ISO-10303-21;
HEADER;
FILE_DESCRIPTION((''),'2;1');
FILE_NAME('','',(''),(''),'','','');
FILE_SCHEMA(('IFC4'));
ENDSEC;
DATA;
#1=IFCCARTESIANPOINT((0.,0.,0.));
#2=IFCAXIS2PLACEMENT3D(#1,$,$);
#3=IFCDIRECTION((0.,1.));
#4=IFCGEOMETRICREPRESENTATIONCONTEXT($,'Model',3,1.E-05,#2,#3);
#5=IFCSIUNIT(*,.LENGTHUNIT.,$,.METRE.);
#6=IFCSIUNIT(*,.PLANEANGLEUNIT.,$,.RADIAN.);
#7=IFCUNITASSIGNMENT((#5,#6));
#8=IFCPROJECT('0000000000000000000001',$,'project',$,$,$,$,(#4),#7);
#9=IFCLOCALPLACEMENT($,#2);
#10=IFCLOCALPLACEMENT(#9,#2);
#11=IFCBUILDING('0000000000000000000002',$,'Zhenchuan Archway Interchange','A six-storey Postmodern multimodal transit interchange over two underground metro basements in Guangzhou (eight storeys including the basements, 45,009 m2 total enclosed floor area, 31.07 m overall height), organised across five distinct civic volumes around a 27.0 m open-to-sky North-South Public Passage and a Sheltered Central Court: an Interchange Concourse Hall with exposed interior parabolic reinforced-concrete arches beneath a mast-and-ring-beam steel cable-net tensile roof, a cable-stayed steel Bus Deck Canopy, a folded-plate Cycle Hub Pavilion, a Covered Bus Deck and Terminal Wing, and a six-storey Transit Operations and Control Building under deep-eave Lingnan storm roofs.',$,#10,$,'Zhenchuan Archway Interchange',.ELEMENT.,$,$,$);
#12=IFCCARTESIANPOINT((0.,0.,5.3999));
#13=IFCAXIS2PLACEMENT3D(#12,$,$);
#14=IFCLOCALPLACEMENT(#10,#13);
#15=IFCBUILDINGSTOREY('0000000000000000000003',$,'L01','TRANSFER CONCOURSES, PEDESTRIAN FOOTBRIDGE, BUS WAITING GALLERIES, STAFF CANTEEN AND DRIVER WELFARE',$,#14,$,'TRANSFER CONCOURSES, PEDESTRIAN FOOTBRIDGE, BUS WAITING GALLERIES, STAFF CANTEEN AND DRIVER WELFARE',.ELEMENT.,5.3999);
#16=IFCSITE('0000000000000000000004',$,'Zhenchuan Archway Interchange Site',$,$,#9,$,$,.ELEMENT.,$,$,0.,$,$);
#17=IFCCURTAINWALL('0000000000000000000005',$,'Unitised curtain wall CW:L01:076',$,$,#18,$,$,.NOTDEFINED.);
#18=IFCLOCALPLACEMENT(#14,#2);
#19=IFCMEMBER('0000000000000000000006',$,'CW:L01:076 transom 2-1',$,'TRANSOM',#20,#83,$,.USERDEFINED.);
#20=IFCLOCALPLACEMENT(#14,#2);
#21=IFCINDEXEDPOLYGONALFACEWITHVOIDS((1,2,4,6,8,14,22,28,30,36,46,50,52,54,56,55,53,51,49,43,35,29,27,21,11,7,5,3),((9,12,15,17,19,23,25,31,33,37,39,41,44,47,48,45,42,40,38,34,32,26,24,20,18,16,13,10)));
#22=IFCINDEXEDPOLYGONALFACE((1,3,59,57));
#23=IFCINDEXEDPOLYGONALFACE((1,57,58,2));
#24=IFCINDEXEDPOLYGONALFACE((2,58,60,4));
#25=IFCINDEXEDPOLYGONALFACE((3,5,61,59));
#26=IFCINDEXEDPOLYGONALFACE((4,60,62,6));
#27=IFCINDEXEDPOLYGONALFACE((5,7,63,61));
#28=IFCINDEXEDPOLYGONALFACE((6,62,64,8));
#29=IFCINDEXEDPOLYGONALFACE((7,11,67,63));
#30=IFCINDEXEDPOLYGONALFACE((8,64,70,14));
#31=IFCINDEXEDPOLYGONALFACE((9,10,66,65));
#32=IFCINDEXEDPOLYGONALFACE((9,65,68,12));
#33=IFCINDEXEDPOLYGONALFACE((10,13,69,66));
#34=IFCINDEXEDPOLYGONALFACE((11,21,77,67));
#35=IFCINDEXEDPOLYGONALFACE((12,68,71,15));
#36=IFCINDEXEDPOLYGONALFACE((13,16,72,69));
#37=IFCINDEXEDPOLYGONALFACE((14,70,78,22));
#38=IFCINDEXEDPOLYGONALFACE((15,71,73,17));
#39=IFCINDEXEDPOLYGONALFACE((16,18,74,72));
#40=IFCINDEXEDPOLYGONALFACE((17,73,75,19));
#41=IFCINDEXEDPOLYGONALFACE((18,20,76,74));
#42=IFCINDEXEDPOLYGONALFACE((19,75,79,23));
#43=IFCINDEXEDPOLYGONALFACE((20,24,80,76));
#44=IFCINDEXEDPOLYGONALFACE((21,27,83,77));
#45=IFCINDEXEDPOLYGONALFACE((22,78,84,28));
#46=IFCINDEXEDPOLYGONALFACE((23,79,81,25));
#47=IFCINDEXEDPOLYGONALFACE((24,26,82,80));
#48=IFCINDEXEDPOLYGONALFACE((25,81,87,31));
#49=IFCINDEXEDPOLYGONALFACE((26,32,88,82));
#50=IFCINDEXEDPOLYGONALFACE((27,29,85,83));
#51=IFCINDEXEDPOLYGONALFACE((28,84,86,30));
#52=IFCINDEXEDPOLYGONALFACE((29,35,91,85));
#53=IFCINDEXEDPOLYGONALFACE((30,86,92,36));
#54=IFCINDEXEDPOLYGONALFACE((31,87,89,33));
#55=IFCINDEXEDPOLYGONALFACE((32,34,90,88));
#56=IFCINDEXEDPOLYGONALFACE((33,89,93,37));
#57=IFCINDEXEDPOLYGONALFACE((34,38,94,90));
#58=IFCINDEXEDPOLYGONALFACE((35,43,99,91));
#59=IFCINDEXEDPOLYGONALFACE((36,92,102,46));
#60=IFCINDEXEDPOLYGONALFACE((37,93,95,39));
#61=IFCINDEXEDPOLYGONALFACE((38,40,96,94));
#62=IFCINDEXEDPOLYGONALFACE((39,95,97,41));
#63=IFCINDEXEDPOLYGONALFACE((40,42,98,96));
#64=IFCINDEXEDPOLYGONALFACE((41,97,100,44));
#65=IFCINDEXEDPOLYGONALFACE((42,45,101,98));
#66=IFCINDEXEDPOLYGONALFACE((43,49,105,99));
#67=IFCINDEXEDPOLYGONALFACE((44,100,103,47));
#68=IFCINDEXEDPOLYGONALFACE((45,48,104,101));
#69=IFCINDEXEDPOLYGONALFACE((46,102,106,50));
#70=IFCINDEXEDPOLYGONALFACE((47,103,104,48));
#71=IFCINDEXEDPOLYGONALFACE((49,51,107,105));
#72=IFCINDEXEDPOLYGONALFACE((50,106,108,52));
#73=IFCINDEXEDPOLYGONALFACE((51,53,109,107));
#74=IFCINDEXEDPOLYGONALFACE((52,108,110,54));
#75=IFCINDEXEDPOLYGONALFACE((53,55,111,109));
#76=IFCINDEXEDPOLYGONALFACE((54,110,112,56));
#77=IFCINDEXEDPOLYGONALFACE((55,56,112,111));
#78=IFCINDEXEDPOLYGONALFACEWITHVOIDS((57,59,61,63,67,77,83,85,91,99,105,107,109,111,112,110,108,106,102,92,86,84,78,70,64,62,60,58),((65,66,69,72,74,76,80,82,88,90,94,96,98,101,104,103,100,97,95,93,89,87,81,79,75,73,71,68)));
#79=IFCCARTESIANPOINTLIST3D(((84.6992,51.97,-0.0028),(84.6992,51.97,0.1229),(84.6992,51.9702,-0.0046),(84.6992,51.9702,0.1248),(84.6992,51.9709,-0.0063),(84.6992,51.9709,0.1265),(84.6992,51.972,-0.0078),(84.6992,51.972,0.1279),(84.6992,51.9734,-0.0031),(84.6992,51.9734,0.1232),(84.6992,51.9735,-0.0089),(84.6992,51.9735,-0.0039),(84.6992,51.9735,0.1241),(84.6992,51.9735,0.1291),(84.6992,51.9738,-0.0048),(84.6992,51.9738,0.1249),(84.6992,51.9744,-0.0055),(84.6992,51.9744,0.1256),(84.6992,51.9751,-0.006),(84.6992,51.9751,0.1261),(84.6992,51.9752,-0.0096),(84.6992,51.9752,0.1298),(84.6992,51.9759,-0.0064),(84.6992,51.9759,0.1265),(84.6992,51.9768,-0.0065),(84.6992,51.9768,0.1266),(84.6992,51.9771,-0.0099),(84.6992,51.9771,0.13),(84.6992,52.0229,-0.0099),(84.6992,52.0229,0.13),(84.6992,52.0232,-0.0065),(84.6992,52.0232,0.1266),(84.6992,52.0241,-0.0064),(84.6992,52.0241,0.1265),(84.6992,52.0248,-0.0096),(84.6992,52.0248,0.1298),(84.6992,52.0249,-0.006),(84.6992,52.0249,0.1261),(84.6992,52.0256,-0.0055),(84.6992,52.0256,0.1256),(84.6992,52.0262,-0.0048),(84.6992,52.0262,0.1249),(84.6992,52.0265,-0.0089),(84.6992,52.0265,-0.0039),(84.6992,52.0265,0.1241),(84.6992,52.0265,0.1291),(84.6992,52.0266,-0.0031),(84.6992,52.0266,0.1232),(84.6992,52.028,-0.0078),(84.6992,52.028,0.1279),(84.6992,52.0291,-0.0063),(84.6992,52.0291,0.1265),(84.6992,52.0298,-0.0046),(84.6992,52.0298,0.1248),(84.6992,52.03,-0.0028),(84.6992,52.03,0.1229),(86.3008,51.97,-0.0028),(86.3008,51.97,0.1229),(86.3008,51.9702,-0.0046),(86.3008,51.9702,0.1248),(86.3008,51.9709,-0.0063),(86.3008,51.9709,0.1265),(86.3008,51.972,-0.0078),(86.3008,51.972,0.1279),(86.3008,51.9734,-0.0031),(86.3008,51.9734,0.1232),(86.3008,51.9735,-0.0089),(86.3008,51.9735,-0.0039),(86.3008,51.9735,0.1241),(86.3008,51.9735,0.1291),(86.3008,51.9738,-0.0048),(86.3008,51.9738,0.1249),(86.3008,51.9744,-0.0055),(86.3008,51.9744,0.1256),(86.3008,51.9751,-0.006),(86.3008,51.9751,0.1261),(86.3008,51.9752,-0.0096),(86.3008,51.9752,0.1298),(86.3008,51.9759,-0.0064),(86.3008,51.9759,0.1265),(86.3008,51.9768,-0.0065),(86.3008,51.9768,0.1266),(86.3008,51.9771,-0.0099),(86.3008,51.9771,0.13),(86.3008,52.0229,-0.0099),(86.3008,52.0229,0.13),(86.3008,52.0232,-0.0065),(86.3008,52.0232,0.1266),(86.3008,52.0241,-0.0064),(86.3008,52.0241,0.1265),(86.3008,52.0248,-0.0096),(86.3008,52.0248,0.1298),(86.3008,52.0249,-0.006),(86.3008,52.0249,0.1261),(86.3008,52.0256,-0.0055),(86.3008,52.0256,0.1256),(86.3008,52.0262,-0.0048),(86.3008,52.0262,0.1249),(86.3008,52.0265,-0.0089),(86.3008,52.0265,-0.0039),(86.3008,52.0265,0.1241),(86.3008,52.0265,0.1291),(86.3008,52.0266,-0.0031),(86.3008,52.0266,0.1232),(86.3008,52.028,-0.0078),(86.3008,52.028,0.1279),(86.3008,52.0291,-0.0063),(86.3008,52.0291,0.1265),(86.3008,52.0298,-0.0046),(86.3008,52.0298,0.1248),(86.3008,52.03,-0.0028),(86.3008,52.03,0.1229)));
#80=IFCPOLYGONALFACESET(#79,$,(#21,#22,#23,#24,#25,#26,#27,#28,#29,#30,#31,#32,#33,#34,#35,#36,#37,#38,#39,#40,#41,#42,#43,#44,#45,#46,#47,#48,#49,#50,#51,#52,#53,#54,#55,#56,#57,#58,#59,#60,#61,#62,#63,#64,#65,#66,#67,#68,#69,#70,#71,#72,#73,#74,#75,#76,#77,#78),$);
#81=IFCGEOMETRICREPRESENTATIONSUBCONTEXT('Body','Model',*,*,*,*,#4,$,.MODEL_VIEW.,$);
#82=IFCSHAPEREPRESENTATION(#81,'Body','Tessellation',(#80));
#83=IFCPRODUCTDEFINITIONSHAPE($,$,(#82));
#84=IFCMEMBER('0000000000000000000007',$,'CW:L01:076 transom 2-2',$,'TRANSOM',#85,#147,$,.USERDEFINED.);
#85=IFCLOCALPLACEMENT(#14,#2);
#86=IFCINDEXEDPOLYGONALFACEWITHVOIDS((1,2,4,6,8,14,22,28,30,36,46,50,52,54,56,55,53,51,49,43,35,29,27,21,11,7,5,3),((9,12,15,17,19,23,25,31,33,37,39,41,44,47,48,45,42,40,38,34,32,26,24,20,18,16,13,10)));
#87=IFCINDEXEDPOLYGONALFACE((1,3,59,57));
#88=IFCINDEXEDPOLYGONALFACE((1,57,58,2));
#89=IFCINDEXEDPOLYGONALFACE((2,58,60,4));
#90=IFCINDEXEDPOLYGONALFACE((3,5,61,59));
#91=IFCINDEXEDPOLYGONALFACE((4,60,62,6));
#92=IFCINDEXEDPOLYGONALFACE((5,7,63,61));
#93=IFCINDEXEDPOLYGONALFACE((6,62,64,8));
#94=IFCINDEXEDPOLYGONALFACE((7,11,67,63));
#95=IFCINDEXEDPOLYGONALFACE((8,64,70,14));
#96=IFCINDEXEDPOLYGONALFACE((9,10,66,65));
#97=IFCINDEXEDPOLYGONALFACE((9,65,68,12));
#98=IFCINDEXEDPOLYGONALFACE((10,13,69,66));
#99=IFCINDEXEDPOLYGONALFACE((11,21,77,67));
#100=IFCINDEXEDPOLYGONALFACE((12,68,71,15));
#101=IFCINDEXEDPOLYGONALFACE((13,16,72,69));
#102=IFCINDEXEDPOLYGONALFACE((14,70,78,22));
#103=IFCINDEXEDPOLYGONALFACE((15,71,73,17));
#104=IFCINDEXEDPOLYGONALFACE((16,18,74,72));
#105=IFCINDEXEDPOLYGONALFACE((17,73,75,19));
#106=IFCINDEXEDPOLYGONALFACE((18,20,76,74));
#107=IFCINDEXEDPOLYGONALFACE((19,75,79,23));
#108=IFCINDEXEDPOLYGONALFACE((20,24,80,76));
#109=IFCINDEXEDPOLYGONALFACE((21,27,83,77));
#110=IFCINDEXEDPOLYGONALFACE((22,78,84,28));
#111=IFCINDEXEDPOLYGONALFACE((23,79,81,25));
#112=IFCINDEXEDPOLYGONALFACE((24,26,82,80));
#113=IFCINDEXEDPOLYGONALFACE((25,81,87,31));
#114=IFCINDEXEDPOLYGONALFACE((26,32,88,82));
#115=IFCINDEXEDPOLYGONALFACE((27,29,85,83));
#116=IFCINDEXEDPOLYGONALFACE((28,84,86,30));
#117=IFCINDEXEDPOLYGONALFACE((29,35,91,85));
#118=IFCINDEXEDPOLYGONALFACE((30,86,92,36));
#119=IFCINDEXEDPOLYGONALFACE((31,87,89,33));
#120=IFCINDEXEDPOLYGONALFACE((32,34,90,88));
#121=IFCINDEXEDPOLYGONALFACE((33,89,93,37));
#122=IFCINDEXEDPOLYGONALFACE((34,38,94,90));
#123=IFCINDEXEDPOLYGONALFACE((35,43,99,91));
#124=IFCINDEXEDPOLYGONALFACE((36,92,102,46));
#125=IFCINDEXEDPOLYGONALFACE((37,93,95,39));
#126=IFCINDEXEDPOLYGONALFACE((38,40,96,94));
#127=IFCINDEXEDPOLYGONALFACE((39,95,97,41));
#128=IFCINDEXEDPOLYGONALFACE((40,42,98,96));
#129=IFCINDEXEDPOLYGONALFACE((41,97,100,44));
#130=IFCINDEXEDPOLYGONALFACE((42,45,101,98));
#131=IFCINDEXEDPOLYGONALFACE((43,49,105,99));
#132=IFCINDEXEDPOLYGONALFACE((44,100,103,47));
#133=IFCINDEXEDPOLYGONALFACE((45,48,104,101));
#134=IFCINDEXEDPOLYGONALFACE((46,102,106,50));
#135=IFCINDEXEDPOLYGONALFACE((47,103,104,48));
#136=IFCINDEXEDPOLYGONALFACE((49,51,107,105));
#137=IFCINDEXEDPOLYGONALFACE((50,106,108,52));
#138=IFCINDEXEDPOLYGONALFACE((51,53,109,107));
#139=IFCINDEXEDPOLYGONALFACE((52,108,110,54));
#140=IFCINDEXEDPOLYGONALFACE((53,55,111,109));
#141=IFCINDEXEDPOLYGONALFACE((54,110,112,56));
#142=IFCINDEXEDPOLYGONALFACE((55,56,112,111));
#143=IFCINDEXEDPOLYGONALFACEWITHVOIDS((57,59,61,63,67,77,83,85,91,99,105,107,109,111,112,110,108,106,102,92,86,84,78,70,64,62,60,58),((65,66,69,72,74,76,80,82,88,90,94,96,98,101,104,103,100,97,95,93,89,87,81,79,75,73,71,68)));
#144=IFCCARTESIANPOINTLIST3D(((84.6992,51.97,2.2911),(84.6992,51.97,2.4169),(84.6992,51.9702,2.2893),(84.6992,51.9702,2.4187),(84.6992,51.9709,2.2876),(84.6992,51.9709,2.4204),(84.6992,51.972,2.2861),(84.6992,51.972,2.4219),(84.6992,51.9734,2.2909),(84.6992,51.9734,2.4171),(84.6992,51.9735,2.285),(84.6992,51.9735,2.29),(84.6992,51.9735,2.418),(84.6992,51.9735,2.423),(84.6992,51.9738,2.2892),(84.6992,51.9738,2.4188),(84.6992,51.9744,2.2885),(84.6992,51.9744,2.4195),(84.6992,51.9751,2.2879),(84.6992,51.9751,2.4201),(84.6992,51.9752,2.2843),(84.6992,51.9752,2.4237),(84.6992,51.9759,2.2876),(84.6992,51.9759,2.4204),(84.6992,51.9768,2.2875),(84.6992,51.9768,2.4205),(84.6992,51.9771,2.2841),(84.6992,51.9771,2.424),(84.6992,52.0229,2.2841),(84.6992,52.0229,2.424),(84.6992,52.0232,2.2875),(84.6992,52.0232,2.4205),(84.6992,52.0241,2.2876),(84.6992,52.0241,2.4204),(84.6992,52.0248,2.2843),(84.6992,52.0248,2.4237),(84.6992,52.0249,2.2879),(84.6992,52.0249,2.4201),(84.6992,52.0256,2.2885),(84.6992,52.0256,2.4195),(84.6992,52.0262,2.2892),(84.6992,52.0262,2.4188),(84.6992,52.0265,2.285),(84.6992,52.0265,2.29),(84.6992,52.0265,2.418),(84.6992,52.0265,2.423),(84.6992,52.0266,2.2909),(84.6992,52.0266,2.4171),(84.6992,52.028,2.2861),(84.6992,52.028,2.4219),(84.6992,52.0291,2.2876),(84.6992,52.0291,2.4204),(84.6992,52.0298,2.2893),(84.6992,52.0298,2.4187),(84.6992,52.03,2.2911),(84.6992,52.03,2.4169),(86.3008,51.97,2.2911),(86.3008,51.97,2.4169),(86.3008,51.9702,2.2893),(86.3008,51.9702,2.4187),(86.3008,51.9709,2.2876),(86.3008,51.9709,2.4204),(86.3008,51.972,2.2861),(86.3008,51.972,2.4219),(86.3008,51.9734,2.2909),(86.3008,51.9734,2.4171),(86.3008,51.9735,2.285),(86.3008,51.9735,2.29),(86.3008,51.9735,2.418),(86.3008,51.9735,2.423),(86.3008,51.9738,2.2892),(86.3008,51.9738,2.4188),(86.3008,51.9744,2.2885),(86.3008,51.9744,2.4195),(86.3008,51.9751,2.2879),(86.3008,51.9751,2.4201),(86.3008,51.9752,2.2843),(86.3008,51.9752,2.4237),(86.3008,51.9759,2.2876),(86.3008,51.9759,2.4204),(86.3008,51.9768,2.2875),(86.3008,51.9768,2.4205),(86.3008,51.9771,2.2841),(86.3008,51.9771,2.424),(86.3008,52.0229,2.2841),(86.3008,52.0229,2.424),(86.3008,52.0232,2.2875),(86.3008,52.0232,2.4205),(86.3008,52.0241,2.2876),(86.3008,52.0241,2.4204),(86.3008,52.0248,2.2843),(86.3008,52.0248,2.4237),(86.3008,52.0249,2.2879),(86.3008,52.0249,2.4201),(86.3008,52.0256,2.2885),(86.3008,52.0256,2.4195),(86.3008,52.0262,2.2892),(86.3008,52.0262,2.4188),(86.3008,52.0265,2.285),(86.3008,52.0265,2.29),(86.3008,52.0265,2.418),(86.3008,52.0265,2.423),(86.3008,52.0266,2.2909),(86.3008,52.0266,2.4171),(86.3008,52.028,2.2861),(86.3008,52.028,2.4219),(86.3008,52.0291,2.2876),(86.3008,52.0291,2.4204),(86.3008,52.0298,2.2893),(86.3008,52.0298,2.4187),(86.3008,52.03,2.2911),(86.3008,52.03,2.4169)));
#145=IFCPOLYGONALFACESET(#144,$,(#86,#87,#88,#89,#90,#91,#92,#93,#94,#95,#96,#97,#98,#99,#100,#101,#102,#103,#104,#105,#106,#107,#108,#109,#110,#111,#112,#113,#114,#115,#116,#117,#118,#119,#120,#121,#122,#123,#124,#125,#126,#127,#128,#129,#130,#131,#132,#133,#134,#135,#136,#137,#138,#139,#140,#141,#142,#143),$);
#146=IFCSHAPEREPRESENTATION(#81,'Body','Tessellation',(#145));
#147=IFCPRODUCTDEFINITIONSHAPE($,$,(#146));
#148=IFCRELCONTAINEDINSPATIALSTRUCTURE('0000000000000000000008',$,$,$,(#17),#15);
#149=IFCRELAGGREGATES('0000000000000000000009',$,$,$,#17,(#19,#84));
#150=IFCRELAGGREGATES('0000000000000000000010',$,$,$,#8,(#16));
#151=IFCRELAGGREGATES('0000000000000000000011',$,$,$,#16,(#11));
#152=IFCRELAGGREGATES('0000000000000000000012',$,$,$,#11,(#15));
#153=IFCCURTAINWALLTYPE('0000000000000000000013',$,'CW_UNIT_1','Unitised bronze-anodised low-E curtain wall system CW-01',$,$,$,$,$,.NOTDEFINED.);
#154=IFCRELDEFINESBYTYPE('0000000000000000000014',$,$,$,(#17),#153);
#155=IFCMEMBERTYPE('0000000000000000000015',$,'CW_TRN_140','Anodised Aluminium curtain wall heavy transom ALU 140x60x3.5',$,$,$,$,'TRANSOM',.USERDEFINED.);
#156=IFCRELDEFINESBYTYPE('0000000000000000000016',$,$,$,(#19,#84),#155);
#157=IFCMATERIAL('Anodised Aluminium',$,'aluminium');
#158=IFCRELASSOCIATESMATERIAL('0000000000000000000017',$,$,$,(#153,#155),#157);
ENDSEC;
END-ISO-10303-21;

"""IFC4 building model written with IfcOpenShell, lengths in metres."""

from ifc_helpers import new_model, si_unit, direction, frame, origin, origin_2d, place, context, subcontext, project, spatial, hollow_rectangle, extrude, material, material_profile, profile_set, type_object, element, aggregate, save


model = new_model("IFC4")

# Units and contexts
model_context = context("Model", 3, precision=1e-05, world=origin(), true_north=direction((0.0, 1.0)))
body_context = subcontext(model_context, "Body", "Model", "MODEL_VIEW")
ifc_project = project(units=[si_unit("LENGTHUNIT", "METRE"), si_unit("PLANEANGLEUNIT", "RADIAN")], contexts=[model_context])

# Site, building, storey
site_placement = place(None, origin())
site = spatial("IfcSite", under=ifc_project, at=site_placement, Name="Zhenchuan Archway Interchange Site", CompositionType="ELEMENT", RefElevation=0.0)
building_placement = place(site_placement, origin())
building = spatial("IfcBuilding", under=site, at=building_placement, Name="Zhenchuan Archway Interchange", Description="A six-storey Postmodern multimodal transit interchange over two underground metro basements in Guangzhou (eight storeys including the basements, 45,009 m2 total enclosed floor area, 31.07 m overall height), organised across five distinct civic volumes around a 27.0 m open-to-sky North-South Public Passage and a Sheltered Central Court: an Interchange Concourse Hall with exposed interior parabolic reinforced-concrete arches beneath a mast-and-ring-beam steel cable-net tensile roof, a cable-stayed steel Bus Deck Canopy, a folded-plate Cycle Hub Pavilion, a Covered Bus Deck and Terminal Wing, and a six-storey Transit Operations and Control Building under deep-eave Lingnan storm roofs.", LongName="Zhenchuan Archway Interchange", CompositionType="ELEMENT")
storey_placement = place(building_placement, frame((0.0, 0.0, 5.3999)))
storey = spatial("IfcBuildingStorey", under=building, at=storey_placement, Name="L01", Description="TRANSFER CONCOURSES, PEDESTRIAN FOOTBRIDGE, BUS WAITING GALLERIES, STAFF CANTEEN AND DRIVER WELFARE", LongName="TRANSFER CONCOURSES, PEDESTRIAN FOOTBRIDGE, BUS WAITING GALLERIES, STAFF CANTEEN AND DRIVER WELFARE", CompositionType="ELEMENT", Elevation=5.3999)

# Shared definitions
ifc_material_1 = material(Name="Anodised Aluminium", Category="aluminium")

# Curtain wall
curtain_wall_type_1 = type_object("IfcCurtainWallType", Name="CW_UNIT_1", Description="Unitised bronze-anodised low-E curtain wall system CW-01", PredefinedType="NOTDEFINED", material=ifc_material_1)
curtain_wall_1_placement = place(storey_placement, origin())
curtain_wall_1 = element("IfcCurtainWall", 1, at=curtain_wall_1_placement, inside=storey, type_object=curtain_wall_type_1, Name="Unitised curtain wall CW:L01:076", PredefinedType="NOTDEFINED")

# Members
ifc_material_profile_1 = material_profile(ifc_material_1, hollow_rectangle(XDim=0.0601, YDim=0.1399, WallThickness=0.0034, InnerFilletRadius=0.0034, OuterFilletRadius=0.0071, at=origin_2d()), Name="ALU 140x60x3.5")
ifc_profile_set_1 = profile_set([ifc_material_profile_1], Name="Anodised Aluminium")
member_type_1 = type_object("IfcMemberType", Name="CW_TRN_140", Description="Anodised Aluminium curtain wall heavy transom ALU 140x60x3.5", ElementType="TRANSOM", PredefinedType="USERDEFINED", material=ifc_profile_set_1)
member_1_placement = place(storey_placement, frame((86.3008, 52.0, 0.0601), z_axis=(-1.0, 0.0, 0.0), x_axis=(0.0, -1.0, 0.0)))
member_1 = element("IfcMember", 2, at=member_1_placement, type_object=member_type_1, Name="CW:L01:076 transom 2-1", ObjectType="TRANSOM", PredefinedType="USERDEFINED", context=body_context, shape_type="SweptSolid", body=[
    extrude(hollow_rectangle(XDim=0.0601, YDim=0.1399, WallThickness=0.0034, InnerFilletRadius=0.0034, OuterFilletRadius=0.0071, at=origin_2d()), origin(), (0.0, 0.0, 1.0), 1.6016),
])
member_2_placement = place(storey_placement, frame((86.3008, 52.0, 2.354), z_axis=(-1.0, 0.0, 0.0), x_axis=(0.0, -1.0, 0.0)))
member_2 = element("IfcMember", 3, at=member_2_placement, type_object=member_type_1, Name="CW:L01:076 transom 2-2", ObjectType="TRANSOM", PredefinedType="USERDEFINED", context=body_context, shape_type="SweptSolid", body=[
    extrude(hollow_rectangle(XDim=0.0601, YDim=0.1399, WallThickness=0.0034, InnerFilletRadius=0.0034, OuterFilletRadius=0.0071, at=origin_2d()), origin(), (0.0, 0.0, 1.0), 1.6016),
])

aggregate(curtain_wall_1, [member_1, member_2])

save(model, "model.ifc")
